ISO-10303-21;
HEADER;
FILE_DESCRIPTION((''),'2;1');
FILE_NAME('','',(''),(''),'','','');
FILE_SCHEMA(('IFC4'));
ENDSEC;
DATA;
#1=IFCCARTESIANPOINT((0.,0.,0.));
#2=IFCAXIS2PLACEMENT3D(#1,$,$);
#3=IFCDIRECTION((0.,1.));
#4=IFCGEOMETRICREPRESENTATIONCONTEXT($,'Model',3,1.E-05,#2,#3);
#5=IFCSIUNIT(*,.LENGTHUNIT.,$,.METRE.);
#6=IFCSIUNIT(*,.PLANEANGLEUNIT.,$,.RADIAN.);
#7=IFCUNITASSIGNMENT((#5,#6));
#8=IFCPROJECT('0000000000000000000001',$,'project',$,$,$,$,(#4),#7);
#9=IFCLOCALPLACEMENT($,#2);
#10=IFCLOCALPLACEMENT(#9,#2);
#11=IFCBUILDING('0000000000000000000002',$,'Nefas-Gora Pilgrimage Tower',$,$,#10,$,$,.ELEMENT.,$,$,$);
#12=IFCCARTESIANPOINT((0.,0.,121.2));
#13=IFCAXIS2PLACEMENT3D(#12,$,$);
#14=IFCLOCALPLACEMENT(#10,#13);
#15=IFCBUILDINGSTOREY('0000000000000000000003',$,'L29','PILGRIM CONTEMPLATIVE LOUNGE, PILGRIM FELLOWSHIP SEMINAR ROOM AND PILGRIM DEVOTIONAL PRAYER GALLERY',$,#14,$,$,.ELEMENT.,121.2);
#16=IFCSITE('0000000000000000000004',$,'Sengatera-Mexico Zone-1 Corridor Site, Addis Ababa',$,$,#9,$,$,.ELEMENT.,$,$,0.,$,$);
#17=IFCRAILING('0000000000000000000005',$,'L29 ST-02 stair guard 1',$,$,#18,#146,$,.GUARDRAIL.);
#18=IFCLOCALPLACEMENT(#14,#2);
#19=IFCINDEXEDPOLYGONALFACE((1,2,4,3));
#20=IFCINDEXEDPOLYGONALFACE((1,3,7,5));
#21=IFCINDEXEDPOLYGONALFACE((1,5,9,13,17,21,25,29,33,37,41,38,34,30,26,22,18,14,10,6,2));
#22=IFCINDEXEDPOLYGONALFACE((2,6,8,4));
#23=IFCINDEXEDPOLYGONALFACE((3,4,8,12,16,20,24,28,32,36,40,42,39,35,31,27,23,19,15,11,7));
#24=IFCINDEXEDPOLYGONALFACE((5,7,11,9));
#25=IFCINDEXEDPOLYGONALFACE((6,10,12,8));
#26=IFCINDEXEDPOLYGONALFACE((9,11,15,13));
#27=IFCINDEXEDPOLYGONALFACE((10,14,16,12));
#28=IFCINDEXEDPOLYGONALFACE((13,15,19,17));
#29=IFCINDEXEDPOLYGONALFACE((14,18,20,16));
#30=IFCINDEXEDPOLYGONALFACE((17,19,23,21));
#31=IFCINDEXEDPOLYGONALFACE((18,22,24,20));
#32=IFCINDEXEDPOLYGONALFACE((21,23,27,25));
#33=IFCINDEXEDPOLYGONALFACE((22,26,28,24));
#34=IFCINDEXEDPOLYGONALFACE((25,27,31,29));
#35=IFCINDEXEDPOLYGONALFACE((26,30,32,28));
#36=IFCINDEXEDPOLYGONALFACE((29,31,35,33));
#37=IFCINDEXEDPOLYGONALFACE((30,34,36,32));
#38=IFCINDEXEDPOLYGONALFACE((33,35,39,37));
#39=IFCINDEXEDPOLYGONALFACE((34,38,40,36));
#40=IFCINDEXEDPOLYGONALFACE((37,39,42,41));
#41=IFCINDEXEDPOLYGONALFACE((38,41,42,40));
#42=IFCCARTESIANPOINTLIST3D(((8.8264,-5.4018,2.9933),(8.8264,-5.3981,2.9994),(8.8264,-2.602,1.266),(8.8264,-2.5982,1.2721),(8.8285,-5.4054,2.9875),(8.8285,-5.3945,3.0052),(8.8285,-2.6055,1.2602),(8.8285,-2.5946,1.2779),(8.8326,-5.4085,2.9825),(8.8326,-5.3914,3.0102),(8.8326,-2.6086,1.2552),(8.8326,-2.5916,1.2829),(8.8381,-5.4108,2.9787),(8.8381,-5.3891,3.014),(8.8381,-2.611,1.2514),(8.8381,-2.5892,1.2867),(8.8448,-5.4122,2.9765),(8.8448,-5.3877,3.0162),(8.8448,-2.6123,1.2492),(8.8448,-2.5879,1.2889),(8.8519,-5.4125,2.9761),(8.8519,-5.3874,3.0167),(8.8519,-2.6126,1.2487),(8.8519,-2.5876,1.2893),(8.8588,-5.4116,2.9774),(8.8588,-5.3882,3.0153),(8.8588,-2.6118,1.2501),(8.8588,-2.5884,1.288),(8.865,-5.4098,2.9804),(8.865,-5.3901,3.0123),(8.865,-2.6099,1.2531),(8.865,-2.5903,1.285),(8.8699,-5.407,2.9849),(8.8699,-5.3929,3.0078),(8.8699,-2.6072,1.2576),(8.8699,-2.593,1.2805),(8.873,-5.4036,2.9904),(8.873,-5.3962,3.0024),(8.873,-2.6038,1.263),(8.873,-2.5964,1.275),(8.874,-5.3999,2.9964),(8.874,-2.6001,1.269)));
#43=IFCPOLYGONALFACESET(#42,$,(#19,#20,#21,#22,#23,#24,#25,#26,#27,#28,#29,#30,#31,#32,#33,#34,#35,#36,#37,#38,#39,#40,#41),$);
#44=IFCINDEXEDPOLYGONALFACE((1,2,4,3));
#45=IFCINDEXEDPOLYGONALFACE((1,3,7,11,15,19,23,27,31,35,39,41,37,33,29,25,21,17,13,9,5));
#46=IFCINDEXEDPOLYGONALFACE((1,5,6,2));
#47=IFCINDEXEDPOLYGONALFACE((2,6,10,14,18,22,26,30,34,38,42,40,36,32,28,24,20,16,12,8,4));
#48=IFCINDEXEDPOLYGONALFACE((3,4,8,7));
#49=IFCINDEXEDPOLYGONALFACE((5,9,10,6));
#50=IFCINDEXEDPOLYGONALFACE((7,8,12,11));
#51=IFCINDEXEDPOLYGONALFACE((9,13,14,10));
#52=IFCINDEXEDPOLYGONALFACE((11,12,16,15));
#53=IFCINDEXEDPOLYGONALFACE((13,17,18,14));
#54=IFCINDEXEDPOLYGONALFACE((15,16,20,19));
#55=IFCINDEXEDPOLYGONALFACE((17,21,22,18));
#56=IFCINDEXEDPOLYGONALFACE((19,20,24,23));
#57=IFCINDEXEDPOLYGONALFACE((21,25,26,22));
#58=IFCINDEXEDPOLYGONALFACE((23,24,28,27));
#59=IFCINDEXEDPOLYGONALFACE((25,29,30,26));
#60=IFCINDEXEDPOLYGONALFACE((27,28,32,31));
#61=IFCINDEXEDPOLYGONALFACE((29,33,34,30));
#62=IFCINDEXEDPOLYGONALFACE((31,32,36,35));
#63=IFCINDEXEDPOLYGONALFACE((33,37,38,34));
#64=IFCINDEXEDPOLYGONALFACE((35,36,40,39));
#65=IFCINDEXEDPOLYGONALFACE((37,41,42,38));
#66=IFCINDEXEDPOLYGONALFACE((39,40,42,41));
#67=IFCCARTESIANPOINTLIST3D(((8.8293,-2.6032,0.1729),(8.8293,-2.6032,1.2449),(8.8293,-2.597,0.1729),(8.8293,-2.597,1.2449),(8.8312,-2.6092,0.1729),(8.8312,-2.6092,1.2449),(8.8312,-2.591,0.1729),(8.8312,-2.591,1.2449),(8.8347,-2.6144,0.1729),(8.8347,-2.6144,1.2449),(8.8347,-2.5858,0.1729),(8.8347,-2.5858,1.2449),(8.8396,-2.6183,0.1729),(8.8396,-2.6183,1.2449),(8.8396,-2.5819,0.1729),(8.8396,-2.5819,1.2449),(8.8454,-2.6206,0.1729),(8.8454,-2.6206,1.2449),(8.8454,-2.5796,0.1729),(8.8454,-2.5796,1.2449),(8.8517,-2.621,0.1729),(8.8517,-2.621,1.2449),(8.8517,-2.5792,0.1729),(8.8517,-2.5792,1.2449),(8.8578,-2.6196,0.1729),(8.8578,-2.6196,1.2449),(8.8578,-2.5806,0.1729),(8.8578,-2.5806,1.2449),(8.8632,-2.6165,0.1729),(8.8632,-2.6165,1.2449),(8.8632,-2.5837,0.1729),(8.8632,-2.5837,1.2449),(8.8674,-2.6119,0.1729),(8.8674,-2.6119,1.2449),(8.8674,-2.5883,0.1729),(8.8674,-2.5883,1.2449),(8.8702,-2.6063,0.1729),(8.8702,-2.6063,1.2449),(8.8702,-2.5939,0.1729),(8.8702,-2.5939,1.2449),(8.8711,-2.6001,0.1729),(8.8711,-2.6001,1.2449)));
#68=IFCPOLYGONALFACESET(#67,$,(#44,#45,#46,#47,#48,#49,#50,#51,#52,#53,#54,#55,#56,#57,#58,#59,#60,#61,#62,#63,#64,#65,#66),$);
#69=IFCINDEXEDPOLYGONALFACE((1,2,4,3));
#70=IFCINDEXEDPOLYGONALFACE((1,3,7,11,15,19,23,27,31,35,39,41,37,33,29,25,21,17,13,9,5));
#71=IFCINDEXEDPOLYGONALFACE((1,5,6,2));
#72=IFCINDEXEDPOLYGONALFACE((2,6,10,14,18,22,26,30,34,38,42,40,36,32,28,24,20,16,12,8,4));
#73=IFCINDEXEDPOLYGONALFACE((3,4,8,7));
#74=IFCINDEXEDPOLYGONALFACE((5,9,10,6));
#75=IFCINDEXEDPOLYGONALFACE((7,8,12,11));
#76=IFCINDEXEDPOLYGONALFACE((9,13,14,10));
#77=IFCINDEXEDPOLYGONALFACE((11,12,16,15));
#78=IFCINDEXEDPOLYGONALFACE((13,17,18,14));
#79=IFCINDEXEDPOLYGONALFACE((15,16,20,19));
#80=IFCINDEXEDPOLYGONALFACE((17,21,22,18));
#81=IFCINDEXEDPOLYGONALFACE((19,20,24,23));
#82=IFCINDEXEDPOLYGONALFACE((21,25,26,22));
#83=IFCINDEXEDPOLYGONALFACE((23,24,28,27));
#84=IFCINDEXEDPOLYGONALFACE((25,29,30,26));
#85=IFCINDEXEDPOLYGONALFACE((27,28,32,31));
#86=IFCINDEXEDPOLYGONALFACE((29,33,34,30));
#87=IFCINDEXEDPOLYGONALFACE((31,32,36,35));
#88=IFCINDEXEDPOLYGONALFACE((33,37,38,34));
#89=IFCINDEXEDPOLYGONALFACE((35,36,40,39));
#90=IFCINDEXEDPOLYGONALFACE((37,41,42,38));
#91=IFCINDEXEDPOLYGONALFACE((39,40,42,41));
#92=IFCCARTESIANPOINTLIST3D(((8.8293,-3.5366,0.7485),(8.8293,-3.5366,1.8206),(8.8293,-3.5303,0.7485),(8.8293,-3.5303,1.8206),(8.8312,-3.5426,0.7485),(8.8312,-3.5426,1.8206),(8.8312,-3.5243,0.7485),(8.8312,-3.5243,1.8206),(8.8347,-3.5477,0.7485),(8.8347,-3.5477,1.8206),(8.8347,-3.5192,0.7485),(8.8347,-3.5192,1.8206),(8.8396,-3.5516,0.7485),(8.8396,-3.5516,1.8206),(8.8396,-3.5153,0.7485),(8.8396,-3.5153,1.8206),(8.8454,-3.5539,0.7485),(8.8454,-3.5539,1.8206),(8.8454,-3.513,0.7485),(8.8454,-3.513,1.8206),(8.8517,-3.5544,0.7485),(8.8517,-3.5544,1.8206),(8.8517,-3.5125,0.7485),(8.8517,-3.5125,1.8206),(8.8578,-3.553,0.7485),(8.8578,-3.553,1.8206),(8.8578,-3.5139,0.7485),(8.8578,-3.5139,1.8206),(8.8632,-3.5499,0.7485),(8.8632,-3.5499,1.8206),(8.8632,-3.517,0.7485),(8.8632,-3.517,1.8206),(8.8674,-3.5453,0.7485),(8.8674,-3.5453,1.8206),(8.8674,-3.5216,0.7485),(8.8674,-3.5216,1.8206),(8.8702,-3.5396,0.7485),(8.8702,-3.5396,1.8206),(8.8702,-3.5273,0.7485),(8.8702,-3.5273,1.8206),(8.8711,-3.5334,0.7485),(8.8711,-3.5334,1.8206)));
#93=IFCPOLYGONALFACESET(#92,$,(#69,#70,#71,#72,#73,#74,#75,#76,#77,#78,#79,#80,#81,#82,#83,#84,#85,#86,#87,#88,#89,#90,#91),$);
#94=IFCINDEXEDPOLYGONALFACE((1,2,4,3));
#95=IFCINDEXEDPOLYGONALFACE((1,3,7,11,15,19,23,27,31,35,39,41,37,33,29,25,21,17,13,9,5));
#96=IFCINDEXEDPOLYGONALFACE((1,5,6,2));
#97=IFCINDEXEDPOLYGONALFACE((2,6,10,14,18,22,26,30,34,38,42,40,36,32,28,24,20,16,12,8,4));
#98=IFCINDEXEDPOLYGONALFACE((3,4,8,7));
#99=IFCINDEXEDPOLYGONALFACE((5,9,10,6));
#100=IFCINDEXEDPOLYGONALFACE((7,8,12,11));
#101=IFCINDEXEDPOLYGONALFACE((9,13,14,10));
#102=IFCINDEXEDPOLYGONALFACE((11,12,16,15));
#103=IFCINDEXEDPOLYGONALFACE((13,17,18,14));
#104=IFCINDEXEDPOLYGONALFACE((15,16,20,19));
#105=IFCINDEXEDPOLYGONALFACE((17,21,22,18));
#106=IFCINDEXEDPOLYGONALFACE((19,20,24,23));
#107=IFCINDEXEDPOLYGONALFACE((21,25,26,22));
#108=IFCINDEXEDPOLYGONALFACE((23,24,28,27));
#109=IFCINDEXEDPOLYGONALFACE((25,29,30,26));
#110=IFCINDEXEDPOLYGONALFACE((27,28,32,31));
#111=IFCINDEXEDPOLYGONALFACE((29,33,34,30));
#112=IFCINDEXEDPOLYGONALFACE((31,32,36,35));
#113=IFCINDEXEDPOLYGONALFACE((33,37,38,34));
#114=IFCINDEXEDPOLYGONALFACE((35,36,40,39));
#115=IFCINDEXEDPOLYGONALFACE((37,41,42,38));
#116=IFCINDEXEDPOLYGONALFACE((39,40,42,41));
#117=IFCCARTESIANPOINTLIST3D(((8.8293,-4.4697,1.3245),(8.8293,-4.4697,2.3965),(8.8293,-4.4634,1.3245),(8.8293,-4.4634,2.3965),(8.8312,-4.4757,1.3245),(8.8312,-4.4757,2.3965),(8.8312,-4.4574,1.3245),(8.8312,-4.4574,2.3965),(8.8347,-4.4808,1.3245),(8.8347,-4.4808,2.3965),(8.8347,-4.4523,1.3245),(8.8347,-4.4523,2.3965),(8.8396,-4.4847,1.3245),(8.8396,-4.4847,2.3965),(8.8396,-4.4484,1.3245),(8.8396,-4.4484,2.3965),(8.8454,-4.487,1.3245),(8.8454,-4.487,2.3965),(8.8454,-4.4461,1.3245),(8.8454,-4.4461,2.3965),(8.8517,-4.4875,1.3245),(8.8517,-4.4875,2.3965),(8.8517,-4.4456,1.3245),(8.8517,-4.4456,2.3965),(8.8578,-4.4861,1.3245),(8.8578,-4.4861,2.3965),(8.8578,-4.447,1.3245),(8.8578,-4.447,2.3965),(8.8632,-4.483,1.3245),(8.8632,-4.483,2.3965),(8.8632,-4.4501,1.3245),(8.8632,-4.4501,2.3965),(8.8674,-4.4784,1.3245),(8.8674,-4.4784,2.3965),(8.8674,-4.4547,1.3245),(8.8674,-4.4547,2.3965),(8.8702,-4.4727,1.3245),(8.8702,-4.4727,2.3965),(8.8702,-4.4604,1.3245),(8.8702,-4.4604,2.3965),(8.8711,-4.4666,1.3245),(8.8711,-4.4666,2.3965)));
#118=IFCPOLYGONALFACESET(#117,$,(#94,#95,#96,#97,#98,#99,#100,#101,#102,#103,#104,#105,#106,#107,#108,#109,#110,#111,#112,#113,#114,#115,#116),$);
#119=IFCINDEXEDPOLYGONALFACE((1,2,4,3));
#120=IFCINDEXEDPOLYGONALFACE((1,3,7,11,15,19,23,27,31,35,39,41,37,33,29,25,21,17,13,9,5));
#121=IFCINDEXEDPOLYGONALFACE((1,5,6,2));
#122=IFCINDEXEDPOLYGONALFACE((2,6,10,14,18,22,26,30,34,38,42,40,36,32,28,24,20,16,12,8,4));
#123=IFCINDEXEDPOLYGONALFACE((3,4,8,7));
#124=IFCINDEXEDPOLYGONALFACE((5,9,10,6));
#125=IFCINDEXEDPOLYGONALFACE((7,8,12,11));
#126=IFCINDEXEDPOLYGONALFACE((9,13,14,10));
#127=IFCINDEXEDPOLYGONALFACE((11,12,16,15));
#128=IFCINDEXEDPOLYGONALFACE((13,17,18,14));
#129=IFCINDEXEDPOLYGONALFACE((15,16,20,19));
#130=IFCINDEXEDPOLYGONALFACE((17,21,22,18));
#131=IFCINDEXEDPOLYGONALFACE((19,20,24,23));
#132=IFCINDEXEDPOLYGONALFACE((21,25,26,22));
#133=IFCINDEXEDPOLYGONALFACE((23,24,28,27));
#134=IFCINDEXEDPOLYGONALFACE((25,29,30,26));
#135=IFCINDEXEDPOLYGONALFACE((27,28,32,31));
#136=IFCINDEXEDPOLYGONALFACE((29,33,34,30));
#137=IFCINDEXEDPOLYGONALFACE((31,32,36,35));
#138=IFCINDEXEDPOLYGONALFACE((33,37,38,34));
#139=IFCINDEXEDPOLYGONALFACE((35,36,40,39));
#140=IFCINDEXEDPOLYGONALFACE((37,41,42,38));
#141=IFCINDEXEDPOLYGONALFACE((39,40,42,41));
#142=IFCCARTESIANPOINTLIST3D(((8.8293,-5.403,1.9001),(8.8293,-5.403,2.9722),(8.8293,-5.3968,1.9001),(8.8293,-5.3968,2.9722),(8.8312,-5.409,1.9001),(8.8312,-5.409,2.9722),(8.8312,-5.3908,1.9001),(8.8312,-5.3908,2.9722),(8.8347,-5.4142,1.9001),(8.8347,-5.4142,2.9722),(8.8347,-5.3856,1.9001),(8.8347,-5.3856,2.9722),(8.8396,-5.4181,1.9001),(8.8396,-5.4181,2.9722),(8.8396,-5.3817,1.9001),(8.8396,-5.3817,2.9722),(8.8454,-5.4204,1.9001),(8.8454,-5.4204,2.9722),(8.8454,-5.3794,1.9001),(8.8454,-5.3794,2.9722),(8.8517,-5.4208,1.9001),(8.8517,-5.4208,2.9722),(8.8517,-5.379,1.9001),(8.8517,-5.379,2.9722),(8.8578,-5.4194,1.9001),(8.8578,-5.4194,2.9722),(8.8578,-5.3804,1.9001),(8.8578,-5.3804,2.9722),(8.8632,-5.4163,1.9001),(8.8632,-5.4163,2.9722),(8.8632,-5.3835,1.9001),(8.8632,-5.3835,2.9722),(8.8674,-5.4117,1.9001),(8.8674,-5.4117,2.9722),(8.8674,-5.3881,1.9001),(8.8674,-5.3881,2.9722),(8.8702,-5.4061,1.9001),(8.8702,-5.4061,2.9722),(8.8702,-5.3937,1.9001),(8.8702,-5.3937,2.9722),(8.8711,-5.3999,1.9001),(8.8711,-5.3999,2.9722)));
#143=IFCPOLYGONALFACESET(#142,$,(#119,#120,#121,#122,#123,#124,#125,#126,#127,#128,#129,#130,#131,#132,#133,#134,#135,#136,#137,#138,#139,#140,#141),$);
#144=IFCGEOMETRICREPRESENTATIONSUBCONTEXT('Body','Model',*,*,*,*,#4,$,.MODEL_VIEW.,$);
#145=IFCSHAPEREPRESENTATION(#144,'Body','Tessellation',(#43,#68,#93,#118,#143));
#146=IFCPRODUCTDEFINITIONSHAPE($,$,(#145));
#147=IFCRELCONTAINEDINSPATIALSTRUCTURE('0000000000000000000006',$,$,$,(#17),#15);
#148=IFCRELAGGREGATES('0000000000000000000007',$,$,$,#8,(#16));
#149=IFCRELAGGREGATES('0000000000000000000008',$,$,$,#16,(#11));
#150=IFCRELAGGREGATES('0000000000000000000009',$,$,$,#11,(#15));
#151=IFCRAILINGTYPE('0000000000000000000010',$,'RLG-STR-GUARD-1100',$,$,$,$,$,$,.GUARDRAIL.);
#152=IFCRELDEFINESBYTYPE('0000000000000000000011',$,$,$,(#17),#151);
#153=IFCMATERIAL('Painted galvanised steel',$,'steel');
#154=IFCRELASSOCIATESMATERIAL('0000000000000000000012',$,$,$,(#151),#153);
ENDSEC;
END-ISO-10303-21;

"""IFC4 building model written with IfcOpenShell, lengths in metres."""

from ifc_helpers import new_model, si_unit, direction, frame, origin, origin_2d, place, context, subcontext, project, spatial, circle, extrude, material, type_object, element, save


model = new_model("IFC4")

# Units and contexts
model_context = context("Model", 3, precision=1e-05, world=origin(), true_north=direction((0.0, 1.0)))
body_context = subcontext(model_context, "Body", "Model", "MODEL_VIEW")
ifc_project = project(units=[si_unit("LENGTHUNIT", "METRE"), si_unit("PLANEANGLEUNIT", "RADIAN")], contexts=[model_context])

# Site, building, storey
site_placement = place(None, origin())
site = spatial("IfcSite", under=ifc_project, at=site_placement, Name="Sengatera-Mexico Zone-1 Corridor Site, Addis Ababa", CompositionType="ELEMENT", RefElevation=0.0)
building_placement = place(site_placement, origin())
building = spatial("IfcBuilding", under=site, at=building_placement, Name="Nefas-Gora Pilgrimage Tower", CompositionType="ELEMENT")
storey_placement = place(building_placement, frame((0.0, 0.0, 121.2)))
storey = spatial("IfcBuildingStorey", under=building, at=storey_placement, Name="L29", Description="PILGRIM CONTEMPLATIVE LOUNGE, PILGRIM FELLOWSHIP SEMINAR ROOM AND PILGRIM DEVOTIONAL PRAYER GALLERY", CompositionType="ELEMENT", Elevation=121.2)

# Railing
ifc_material_1 = material(Name="Painted galvanised steel", Category="steel")
railing_type_1 = type_object("IfcRailingType", Name="RLG-STR-GUARD-1100", PredefinedType="GUARDRAIL", material=ifc_material_1)
railing_1_placement = place(storey_placement, frame((8.8501, -2.6001, 0.1729)))
element("IfcRailing", 1, at=railing_1_placement, inside=storey, type_object=railing_type_1, Name="L29 ST-02 stair guard 1", PredefinedType="GUARDRAIL", context=body_context, shape_type="SweptSolid", body=[
    extrude(circle(Radius=0.0239, at=origin_2d()), frame((0.0, 0.0, 1.0962), z_axis=(0.0, -0.851069, 0.525054), x_axis=(1.0, 0.0, 0.0)), (0.0, 0.0, 1.0), 3.2898),
    extrude(circle(Radius=0.021, at=origin_2d()), origin(), (0.0, 0.0, 1.0), 1.072),
    extrude(circle(Radius=0.021, at=origin_2d()), frame((0.0, -0.9333, 0.5757)), (0.0, 0.0, 1.0), 1.072),
    extrude(circle(Radius=0.021, at=origin_2d()), frame((0.0, -1.8665, 1.1516)), (0.0, 0.0, 1.0), 1.072),
    extrude(circle(Radius=0.021, at=origin_2d()), frame((0.0, -2.7998, 1.7273)), (0.0, 0.0, 1.0), 1.072),
])

save(model, "model.ifc")
